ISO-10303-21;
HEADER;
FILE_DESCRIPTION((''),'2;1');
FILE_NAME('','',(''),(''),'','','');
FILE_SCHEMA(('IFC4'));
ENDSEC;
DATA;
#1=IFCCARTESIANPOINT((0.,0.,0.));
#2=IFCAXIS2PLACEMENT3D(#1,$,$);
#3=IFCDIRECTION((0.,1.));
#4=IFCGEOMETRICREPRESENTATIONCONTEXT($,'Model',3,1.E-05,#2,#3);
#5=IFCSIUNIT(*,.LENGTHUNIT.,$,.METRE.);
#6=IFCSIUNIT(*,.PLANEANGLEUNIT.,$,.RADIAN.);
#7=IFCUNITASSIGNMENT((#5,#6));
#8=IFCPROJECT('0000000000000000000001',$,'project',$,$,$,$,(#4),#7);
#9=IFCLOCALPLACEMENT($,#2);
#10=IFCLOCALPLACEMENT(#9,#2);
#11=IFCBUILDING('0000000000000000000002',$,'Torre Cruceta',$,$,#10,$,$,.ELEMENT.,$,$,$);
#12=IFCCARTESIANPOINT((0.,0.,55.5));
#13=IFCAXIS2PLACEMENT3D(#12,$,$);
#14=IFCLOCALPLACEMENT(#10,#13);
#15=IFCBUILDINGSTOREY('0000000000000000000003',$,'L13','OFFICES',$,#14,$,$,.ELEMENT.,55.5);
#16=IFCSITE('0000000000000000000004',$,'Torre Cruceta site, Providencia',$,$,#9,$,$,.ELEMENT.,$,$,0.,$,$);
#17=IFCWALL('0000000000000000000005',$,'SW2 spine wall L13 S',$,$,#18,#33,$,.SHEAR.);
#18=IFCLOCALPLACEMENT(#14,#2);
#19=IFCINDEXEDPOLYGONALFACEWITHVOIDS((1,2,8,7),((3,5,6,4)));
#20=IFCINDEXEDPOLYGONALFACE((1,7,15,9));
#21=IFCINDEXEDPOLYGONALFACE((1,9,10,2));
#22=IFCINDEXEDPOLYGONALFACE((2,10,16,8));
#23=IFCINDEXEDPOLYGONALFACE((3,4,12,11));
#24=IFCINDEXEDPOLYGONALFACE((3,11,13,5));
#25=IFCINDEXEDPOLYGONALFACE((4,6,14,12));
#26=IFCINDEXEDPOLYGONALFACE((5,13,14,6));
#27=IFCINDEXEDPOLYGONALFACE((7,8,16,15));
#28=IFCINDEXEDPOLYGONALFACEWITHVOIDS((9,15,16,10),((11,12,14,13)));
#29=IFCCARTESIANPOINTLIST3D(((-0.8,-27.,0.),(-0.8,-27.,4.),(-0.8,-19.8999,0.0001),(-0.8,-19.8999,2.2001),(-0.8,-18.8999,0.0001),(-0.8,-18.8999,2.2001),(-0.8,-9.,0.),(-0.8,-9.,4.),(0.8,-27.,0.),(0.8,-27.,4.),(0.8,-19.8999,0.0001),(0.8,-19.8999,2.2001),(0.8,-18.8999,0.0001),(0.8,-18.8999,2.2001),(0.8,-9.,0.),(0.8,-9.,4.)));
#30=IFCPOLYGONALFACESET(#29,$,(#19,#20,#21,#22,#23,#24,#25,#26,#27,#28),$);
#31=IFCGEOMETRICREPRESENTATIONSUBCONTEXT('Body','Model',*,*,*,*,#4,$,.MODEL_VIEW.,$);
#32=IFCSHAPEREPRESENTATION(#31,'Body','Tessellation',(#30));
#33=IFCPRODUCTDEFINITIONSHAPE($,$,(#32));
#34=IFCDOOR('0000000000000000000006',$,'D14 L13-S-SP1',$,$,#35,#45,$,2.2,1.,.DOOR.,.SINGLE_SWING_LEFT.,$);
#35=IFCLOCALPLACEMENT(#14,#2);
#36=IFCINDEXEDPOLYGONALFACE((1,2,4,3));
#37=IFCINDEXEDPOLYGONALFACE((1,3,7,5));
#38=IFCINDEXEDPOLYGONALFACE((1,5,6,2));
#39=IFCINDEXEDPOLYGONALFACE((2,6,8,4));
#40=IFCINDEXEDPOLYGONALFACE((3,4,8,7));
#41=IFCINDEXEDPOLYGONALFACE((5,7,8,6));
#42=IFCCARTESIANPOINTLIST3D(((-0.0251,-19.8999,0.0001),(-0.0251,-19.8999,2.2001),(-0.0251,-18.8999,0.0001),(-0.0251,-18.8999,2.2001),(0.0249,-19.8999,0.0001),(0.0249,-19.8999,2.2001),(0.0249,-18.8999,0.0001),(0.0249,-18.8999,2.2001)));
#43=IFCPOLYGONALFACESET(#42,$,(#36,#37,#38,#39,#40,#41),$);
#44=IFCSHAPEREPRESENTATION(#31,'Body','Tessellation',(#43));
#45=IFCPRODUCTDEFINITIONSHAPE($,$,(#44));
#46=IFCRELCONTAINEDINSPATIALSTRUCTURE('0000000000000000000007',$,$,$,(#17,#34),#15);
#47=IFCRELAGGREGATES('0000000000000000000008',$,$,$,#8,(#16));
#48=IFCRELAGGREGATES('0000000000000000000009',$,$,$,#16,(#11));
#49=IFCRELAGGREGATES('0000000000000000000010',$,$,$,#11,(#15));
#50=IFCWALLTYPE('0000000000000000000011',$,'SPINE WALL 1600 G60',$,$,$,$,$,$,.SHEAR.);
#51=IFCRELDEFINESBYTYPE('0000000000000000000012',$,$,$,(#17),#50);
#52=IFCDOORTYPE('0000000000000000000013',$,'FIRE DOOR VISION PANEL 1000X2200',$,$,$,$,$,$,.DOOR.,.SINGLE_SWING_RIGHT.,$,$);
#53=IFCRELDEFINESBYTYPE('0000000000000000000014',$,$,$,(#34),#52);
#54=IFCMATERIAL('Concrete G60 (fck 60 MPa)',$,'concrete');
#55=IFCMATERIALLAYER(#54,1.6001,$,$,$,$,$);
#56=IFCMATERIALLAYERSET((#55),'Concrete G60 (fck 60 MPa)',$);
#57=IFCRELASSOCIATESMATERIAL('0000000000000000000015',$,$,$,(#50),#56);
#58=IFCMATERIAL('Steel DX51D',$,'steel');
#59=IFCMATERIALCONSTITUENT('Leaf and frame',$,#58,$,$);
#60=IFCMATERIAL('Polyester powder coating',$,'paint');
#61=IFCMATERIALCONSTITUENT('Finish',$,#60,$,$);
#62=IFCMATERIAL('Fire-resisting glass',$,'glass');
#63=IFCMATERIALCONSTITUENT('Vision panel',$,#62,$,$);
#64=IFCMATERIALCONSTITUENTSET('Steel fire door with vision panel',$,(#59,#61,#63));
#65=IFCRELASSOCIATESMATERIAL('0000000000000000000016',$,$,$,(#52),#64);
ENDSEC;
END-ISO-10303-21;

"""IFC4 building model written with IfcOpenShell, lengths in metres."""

from ifc_helpers import new_model, si_unit, direction, frame, frame_2d, origin, place, context, subcontext, project, spatial, rectangle, extrude, material, layer, layer_set, constituent, constituent_set, type_object, element, fill, save


model = new_model("IFC4")

# Units and contexts
model_context = context("Model", 3, precision=1e-05, world=origin(), true_north=direction((0.0, 1.0)))
body_context = subcontext(model_context, "Body", "Model", "MODEL_VIEW")
ifc_project = project(units=[si_unit("LENGTHUNIT", "METRE"), si_unit("PLANEANGLEUNIT", "RADIAN")], contexts=[model_context])

# Site, building, storey
site_placement = place(None, origin())
site = spatial("IfcSite", under=ifc_project, at=site_placement, Name="Torre Cruceta site, Providencia", CompositionType="ELEMENT", RefElevation=0.0)
building_placement = place(site_placement, origin())
building = spatial("IfcBuilding", under=site, at=building_placement, Name="Torre Cruceta", CompositionType="ELEMENT")
storey_placement = place(building_placement, frame((0.0, 0.0, 55.5)))
storey = spatial("IfcBuildingStorey", under=building, at=storey_placement, Name="L13", Description="OFFICES", CompositionType="ELEMENT", Elevation=55.5)

# Wall, opening, door
ifc_material_1 = material(Name="Concrete G60 (fck 60 MPa)", Category="concrete")
ifc_layer_1 = layer(ifc_material_1, 1.6001)
ifc_layer_set_1 = layer_set([ifc_layer_1], Name="Concrete G60 (fck 60 MPa)")
wall_type_1 = type_object("IfcWallType", Name="SPINE WALL 1600 G60", PredefinedType="SHEAR", material=ifc_layer_set_1)
wall_1_placement = place(storey_placement, frame((0.0, -9.0, 0.0), z_axis=(0.0, 0.0, 1.0), x_axis=(0.0, -1.0, 0.0)))
wall_1 = element("IfcWall", 1, at=wall_1_placement, inside=storey, type_object=wall_type_1, Name="SW2 spine wall L13 S", PredefinedType="SHEAR", context=body_context, shape_type="SweptSolid", body=[
    extrude(rectangle(XDim=18.0, YDim=1.6001, at=frame_2d((9.0, 0.0))), origin(), (0.0, 0.0, 1.0), 4.0),
])
opening_1_placement = place(wall_1_placement, frame((9.8999, 0.0, 0.0)))
opening_1 = element("IfcOpeningElement", 2, at=opening_1_placement, cuts=wall_1, PredefinedType="OPENING", context=body_context, shape_type="SweptSolid", body=[
    extrude(rectangle(XDim=1.0, YDim=2.2, at=frame_2d((0.5, 1.1001))), frame((0.0, 0.8101, 0.0), z_axis=(0.0, -1.0, 0.0), x_axis=(1.0, 0.0, 0.0)), (0.0, 0.0, 1.0), 1.6201),
])
ifc_material_2 = material(Name="Steel DX51D", Category="steel")
ifc_constituent_1 = constituent(ifc_material_2, Name="Leaf and frame")
ifc_material_3 = material(Name="Polyester powder coating", Category="paint")
ifc_constituent_2 = constituent(ifc_material_3, Name="Finish")
ifc_material_4 = material(Name="Fire-resisting glass", Category="glass")
ifc_constituent_3 = constituent(ifc_material_4, Name="Vision panel")
ifc_constituent_set_1 = constituent_set(constituents=[ifc_constituent_1, ifc_constituent_2, ifc_constituent_3], Name="Steel fire door with vision panel")
door_type_1 = type_object("IfcDoorType", Name="FIRE DOOR VISION PANEL 1000X2200", OperationType="SINGLE_SWING_RIGHT", PredefinedType="DOOR", material=ifc_constituent_set_1)
door_1_placement = place(opening_1_placement, frame((1.0, 0.0, 0.0), z_axis=(0.0, 0.0, 1.0), x_axis=(-1.0, 0.0, 0.0)))
door_1 = element("IfcDoor", 3, at=door_1_placement, inside=storey, type_object=door_type_1, Name="D14 L13-S-SP1", OperationType="SINGLE_SWING_LEFT", OverallHeight=2.2, OverallWidth=1.0, PredefinedType="DOOR", context=body_context, shape_type="SweptSolid", body=[
    extrude(rectangle(XDim=1.0, YDim=2.2, at=frame_2d((0.5, 1.1001))), frame((0.0, 0.0251, 0.0), z_axis=(0.0, -1.0, 0.0), x_axis=(1.0, 0.0, 0.0)), (0.0, 0.0, 1.0), 0.05),
])
fill(opening_1, door_1)

save(model, "model.ifc")
